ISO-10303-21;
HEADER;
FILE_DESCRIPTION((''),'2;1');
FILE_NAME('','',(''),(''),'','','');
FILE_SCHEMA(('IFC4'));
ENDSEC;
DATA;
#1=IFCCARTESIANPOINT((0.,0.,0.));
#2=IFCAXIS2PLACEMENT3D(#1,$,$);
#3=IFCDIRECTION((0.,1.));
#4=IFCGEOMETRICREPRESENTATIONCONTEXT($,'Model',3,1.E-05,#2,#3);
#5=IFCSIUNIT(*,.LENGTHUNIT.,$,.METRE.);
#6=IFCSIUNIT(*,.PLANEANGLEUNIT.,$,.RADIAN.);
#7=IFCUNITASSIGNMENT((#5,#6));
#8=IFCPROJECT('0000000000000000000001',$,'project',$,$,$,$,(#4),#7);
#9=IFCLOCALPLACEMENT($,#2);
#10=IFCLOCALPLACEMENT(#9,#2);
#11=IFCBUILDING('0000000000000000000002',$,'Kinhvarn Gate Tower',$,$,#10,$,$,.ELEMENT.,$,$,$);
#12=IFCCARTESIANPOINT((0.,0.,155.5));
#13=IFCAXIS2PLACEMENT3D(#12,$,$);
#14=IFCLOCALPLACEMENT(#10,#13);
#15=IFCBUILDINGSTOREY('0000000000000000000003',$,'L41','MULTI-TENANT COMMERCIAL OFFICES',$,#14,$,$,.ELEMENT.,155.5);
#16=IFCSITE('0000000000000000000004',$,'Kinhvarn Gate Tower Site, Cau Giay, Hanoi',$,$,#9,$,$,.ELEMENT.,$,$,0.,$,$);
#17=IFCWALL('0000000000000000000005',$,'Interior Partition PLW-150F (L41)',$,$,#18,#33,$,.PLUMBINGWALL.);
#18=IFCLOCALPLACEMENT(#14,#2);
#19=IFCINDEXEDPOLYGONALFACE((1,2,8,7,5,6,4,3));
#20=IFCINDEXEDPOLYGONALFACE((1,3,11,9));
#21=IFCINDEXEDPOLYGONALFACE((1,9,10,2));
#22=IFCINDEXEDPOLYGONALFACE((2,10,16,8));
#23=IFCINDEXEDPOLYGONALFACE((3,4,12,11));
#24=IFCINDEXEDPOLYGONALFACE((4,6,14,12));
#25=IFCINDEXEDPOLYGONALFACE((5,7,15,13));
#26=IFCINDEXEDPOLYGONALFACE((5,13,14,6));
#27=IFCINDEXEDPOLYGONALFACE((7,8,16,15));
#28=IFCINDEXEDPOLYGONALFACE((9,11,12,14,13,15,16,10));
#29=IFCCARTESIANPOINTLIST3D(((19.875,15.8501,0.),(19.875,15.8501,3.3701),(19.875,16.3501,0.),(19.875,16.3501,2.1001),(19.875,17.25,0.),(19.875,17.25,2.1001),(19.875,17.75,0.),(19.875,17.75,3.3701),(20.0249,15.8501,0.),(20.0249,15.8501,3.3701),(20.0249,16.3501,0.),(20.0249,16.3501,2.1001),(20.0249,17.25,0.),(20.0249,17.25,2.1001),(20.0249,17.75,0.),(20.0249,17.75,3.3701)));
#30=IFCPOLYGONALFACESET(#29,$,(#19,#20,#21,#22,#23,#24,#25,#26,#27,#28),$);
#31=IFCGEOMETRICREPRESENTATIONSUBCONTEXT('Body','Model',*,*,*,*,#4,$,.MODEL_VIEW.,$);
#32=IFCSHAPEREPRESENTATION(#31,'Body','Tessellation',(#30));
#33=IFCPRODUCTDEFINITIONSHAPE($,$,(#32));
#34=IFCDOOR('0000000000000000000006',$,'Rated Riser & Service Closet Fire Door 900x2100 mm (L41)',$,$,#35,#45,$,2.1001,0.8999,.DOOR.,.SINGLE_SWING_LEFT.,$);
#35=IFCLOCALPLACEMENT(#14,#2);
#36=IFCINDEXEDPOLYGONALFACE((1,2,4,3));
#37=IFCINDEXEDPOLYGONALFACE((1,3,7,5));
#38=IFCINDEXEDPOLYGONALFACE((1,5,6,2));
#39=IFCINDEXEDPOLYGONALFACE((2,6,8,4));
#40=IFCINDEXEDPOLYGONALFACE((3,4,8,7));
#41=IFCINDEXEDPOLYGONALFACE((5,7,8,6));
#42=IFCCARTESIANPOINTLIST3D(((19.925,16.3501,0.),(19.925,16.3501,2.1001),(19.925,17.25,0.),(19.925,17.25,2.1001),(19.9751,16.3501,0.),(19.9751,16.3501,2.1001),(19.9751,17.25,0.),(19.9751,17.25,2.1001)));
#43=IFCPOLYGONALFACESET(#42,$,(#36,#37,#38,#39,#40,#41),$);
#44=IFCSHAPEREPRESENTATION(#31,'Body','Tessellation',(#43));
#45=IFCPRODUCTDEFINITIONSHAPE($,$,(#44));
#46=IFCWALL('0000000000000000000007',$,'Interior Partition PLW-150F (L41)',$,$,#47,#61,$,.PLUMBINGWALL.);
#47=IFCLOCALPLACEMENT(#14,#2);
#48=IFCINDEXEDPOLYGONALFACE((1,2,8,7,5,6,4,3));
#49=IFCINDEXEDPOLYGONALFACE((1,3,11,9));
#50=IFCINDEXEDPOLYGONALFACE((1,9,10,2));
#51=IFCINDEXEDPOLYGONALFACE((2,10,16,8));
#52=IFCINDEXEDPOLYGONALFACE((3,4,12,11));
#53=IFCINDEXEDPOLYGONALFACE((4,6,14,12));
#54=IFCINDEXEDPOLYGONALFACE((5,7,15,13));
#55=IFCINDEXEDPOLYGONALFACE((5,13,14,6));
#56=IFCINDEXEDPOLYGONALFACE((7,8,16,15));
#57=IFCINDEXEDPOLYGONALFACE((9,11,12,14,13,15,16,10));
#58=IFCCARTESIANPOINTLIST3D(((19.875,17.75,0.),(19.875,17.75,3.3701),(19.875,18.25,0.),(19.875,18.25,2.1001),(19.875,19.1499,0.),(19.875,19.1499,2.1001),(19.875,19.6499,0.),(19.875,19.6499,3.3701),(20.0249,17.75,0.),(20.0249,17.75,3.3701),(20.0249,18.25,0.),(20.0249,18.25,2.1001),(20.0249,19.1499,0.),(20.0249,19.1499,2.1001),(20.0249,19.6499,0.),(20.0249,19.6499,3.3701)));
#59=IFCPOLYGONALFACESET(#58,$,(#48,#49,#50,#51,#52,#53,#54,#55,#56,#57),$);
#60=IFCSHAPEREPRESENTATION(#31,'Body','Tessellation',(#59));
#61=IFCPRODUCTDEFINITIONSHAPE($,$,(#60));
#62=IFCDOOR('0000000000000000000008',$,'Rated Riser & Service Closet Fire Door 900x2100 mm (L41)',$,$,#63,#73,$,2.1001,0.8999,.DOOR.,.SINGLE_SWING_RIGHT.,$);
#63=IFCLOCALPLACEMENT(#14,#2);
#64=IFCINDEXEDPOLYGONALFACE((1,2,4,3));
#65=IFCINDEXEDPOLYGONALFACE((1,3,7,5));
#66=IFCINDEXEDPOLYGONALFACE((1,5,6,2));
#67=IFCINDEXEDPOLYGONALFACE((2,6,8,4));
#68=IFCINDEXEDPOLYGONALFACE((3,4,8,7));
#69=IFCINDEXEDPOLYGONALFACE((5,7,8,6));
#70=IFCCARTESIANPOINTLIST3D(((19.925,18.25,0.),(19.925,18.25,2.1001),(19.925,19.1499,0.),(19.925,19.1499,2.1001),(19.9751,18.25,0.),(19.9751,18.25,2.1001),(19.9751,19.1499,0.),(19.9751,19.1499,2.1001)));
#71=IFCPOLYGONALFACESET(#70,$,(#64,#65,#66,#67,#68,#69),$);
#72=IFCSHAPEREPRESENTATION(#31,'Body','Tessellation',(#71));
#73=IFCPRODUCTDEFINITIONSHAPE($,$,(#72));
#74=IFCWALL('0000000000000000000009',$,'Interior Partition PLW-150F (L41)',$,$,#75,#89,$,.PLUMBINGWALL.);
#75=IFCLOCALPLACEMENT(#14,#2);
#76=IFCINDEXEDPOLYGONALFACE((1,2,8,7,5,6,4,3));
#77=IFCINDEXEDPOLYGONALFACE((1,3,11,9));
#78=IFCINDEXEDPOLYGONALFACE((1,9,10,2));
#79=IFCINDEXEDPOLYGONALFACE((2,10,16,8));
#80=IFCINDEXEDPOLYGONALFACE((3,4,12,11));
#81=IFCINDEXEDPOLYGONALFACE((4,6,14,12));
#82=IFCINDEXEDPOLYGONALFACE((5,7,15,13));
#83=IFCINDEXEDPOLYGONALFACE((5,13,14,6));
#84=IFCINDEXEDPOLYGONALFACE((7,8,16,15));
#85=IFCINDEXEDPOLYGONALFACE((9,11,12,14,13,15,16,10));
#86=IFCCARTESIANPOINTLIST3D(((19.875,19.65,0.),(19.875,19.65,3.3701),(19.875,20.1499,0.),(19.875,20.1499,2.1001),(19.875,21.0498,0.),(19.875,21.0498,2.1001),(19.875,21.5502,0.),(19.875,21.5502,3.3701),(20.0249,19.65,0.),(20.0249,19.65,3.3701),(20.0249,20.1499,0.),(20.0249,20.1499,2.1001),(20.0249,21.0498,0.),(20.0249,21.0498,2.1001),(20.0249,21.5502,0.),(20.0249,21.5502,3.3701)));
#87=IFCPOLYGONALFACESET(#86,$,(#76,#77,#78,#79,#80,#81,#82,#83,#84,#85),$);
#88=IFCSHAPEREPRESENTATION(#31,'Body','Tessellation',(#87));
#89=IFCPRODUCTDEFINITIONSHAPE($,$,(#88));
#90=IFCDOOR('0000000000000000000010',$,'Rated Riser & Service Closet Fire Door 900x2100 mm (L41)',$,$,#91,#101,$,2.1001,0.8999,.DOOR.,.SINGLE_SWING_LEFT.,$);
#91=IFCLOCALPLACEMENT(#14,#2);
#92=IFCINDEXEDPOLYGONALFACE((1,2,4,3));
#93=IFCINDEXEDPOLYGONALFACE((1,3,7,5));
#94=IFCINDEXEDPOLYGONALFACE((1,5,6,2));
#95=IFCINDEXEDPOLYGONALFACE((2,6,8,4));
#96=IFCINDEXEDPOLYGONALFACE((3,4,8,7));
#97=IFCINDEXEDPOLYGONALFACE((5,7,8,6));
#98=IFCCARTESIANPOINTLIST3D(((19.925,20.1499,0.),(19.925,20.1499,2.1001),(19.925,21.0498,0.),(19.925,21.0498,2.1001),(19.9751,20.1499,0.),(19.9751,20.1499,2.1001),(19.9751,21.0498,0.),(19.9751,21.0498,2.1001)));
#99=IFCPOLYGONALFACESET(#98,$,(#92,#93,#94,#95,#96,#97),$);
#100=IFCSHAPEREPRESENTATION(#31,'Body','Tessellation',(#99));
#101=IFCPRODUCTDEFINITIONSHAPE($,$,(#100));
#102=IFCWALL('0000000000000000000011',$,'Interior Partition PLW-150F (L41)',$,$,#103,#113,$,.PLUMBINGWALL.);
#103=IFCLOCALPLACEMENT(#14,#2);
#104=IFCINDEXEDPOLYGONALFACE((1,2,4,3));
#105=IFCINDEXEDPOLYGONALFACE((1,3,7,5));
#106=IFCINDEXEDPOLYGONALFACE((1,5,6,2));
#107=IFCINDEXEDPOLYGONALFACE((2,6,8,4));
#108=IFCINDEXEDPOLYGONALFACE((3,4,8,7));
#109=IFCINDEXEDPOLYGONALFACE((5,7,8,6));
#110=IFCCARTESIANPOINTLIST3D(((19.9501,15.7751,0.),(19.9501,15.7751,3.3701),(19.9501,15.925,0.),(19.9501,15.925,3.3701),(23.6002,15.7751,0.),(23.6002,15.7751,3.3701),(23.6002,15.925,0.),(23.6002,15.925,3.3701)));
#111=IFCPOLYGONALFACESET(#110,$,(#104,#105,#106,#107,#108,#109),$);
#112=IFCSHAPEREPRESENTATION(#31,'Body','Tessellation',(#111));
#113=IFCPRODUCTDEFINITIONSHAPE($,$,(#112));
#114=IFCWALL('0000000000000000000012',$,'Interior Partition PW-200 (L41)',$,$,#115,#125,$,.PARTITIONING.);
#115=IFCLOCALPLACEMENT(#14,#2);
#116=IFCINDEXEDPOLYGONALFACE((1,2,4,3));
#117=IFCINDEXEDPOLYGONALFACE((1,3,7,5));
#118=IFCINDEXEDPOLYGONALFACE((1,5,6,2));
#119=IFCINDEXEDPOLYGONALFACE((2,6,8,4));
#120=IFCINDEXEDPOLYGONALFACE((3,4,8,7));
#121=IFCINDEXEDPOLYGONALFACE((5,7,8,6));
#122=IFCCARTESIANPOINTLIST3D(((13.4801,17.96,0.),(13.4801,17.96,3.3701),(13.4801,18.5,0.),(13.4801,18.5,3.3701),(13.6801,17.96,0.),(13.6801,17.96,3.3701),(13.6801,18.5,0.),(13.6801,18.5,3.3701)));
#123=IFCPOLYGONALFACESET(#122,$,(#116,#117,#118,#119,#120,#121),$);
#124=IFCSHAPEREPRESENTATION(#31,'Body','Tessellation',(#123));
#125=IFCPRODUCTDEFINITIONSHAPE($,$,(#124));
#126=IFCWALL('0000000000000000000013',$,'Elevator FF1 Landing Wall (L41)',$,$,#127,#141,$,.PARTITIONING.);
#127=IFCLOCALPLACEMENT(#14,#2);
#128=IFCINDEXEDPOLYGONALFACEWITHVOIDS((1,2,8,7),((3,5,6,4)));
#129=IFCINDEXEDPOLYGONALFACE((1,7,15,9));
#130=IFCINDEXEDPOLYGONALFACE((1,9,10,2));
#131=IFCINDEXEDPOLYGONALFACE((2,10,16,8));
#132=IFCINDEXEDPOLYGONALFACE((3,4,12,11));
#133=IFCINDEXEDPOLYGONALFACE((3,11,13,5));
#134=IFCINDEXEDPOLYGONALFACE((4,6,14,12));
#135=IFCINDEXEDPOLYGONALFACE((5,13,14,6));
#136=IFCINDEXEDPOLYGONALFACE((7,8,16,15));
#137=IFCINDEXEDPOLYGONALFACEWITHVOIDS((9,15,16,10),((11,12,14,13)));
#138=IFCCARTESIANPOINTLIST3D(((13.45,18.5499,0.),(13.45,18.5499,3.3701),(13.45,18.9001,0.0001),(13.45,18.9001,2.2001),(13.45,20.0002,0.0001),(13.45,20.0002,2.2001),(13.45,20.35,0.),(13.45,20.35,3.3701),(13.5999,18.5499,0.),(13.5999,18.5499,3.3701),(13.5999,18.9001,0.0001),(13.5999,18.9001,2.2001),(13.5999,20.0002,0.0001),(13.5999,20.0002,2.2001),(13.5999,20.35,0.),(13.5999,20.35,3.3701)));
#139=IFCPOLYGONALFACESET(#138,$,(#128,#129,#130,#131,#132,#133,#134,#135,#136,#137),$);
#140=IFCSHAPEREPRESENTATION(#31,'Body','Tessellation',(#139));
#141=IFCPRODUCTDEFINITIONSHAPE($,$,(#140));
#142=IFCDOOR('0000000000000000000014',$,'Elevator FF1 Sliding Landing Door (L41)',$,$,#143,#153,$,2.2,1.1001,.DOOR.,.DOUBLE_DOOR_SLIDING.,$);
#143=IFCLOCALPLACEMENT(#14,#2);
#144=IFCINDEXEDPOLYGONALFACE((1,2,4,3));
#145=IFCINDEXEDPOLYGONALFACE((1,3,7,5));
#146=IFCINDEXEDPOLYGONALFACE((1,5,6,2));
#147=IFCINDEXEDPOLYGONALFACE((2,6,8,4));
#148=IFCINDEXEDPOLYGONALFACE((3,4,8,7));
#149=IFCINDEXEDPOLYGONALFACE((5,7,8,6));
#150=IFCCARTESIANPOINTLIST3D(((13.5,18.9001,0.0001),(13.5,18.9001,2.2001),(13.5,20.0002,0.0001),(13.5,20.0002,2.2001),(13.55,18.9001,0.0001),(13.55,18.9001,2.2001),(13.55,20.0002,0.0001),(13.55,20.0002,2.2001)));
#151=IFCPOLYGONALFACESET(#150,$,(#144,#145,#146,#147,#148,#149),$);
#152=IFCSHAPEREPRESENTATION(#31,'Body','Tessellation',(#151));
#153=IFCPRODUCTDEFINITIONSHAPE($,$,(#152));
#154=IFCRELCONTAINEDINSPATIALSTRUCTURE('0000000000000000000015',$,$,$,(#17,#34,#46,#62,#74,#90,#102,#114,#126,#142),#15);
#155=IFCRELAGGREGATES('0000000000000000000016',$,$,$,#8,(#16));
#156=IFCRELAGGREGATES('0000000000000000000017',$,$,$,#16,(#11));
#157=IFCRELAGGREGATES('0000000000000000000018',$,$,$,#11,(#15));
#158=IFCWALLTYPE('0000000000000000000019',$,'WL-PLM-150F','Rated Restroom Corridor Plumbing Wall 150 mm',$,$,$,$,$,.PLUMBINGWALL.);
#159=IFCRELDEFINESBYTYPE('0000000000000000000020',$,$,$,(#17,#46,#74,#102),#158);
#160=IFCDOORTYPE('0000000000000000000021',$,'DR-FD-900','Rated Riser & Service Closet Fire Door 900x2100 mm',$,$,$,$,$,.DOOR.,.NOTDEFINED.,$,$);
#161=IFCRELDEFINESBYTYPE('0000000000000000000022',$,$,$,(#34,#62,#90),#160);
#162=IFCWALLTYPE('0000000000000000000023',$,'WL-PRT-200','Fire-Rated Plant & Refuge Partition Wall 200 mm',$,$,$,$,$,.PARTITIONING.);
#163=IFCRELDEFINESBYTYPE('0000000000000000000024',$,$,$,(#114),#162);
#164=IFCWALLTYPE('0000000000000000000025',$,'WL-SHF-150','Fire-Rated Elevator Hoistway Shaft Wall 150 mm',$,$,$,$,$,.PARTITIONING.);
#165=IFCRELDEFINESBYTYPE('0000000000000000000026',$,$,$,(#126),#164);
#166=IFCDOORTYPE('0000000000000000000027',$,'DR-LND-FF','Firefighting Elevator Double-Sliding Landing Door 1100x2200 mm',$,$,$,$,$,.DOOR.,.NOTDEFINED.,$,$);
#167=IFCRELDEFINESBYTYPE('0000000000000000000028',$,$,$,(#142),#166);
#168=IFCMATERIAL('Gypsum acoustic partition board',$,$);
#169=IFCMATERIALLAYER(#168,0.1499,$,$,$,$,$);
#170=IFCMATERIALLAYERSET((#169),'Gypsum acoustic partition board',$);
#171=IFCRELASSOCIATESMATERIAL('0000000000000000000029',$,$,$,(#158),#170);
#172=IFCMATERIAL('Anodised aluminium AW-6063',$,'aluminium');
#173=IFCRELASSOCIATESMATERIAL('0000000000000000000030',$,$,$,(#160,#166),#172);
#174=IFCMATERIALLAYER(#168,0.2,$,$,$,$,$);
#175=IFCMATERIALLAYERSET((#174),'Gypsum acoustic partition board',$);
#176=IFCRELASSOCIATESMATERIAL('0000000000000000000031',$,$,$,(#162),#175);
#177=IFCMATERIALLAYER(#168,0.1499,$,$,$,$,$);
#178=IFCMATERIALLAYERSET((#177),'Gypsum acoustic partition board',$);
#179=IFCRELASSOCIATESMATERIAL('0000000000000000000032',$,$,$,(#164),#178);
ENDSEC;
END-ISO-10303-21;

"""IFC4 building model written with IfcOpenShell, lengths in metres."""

from ifc_helpers import new_model, si_unit, direction, frame, frame_2d, origin, place, context, subcontext, project, spatial, rectangle, extrude, material, layer, layer_set, type_object, element, fill, save


model = new_model("IFC4")

# Units and contexts
model_context = context("Model", 3, precision=1e-05, world=origin(), true_north=direction((0.0, 1.0)))
body_context = subcontext(model_context, "Body", "Model", "MODEL_VIEW")
ifc_project = project(units=[si_unit("LENGTHUNIT", "METRE"), si_unit("PLANEANGLEUNIT", "RADIAN")], contexts=[model_context])

# Site, building, storey
site_placement = place(None, origin())
site = spatial("IfcSite", under=ifc_project, at=site_placement, Name="Kinhvarn Gate Tower Site, Cau Giay, Hanoi", CompositionType="ELEMENT", RefElevation=0.0)
building_placement = place(site_placement, origin())
building = spatial("IfcBuilding", under=site, at=building_placement, Name="Kinhvarn Gate Tower", CompositionType="ELEMENT")
storey_placement = place(building_placement, frame((0.0, 0.0, 155.5)))
storey = spatial("IfcBuildingStorey", under=building, at=storey_placement, Name="L41", Description="MULTI-TENANT COMMERCIAL OFFICES", CompositionType="ELEMENT", Elevation=155.5)

# Shared definitions
ifc_material_1 = material(Name="Anodised aluminium AW-6063", Category="aluminium")

# Shared definitions
ifc_material_2 = material(Name="Gypsum acoustic partition board")

# Walls, openings, doors
ifc_layer_1 = layer(ifc_material_2, 0.1499)
ifc_layer_set_1 = layer_set([ifc_layer_1], Name="Gypsum acoustic partition board")
wall_type_1 = type_object("IfcWallType", Name="WL-PLM-150F", Description="Rated Restroom Corridor Plumbing Wall 150 mm", PredefinedType="PLUMBINGWALL", material=ifc_layer_set_1)
wall_1_placement = place(storey_placement, frame((19.95, 15.8501, 0.0), z_axis=(0.0, 0.0, 1.0), x_axis=(0.0, 1.0, 0.0)))
wall_1 = element("IfcWall", 1, at=wall_1_placement, inside=storey, type_object=wall_type_1, Name="Interior Partition PLW-150F (L41)", PredefinedType="PLUMBINGWALL", context=body_context, shape_type="SweptSolid", body=[
    extrude(rectangle(XDim=1.8999, YDim=0.1499, at=frame_2d((0.95, 0.0))), origin(), (0.0, 0.0, 1.0), 3.3701),
])
opening_1_placement = place(wall_1_placement, frame((0.5, 0.0, 0.0)))
opening_1 = element("IfcOpeningElement", 2, at=opening_1_placement, cuts=wall_1, PredefinedType="OPENING", context=body_context, shape_type="SweptSolid", body=[
    extrude(rectangle(XDim=0.8999, YDim=2.1001, at=frame_2d((0.45, 1.05))), frame((0.0, 0.085, 0.0), z_axis=(0.0, -1.0, 0.0), x_axis=(1.0, 0.0, 0.0)), (0.0, 0.0, 1.0), 0.1699),
])
door_type_1 = type_object("IfcDoorType", Name="DR-FD-900", Description="Rated Riser & Service Closet Fire Door 900x2100 mm", OperationType="NOTDEFINED", PredefinedType="DOOR", material=ifc_material_1)
door_1_placement = place(opening_1_placement, origin())
door_1 = element("IfcDoor", 3, at=door_1_placement, inside=storey, type_object=door_type_1, Name="Rated Riser & Service Closet Fire Door 900x2100 mm (L41)", OperationType="SINGLE_SWING_LEFT", OverallHeight=2.1001, OverallWidth=0.8999, PredefinedType="DOOR", context=body_context, shape_type="SweptSolid", body=[
    extrude(rectangle(XDim=0.8999, YDim=2.1001, at=frame_2d((0.45, 1.05))), frame((0.0, 0.0249, 0.0), z_axis=(0.0, -1.0, 0.0), x_axis=(1.0, 0.0, 0.0)), (0.0, 0.0, 1.0), 0.05),
])
fill(opening_1, door_1)
wall_2_placement = place(storey_placement, frame((19.95, 17.75, 0.0), z_axis=(0.0, 0.0, 1.0), x_axis=(0.0, 1.0, 0.0)))
wall_2 = element("IfcWall", 4, at=wall_2_placement, inside=storey, type_object=wall_type_1, Name="Interior Partition PLW-150F (L41)", PredefinedType="PLUMBINGWALL", context=body_context, shape_type="SweptSolid", body=[
    extrude(rectangle(XDim=1.8999, YDim=0.1499, at=frame_2d((0.95, 0.0))), origin(), (0.0, 0.0, 1.0), 3.3701),
])
opening_2_placement = place(wall_2_placement, frame((0.5, 0.0, 0.0)))
opening_2 = element("IfcOpeningElement", 5, at=opening_2_placement, cuts=wall_2, PredefinedType="OPENING", context=body_context, shape_type="SweptSolid", body=[
    extrude(rectangle(XDim=0.8999, YDim=2.1001, at=frame_2d((0.45, 1.05))), frame((0.0, 0.085, 0.0), z_axis=(0.0, -1.0, 0.0), x_axis=(1.0, 0.0, 0.0)), (0.0, 0.0, 1.0), 0.1699),
])
door_2_placement = place(opening_2_placement, origin())
door_2 = element("IfcDoor", 6, at=door_2_placement, inside=storey, type_object=door_type_1, Name="Rated Riser & Service Closet Fire Door 900x2100 mm (L41)", OperationType="SINGLE_SWING_RIGHT", OverallHeight=2.1001, OverallWidth=0.8999, PredefinedType="DOOR", context=body_context, shape_type="SweptSolid", body=[
    extrude(rectangle(XDim=0.8999, YDim=2.1001, at=frame_2d((0.45, 1.05))), frame((0.0, 0.0249, 0.0), z_axis=(0.0, -1.0, 0.0), x_axis=(1.0, 0.0, 0.0)), (0.0, 0.0, 1.0), 0.05),
])
fill(opening_2, door_2)
wall_3_placement = place(storey_placement, frame((19.95, 19.6499, 0.0), z_axis=(0.0, 0.0, 1.0), x_axis=(0.0, 1.0, 0.0)))
wall_3 = element("IfcWall", 7, at=wall_3_placement, inside=storey, type_object=wall_type_1, Name="Interior Partition PLW-150F (L41)", PredefinedType="PLUMBINGWALL", context=body_context, shape_type="SweptSolid", body=[
    extrude(rectangle(XDim=1.9001, YDim=0.1499, at=frame_2d((0.9502, 0.0))), origin(), (0.0, 0.0, 1.0), 3.3701),
])
opening_3_placement = place(wall_3_placement, frame((0.5, 0.0, 0.0)))
opening_3 = element("IfcOpeningElement", 8, at=opening_3_placement, cuts=wall_3, PredefinedType="OPENING", context=body_context, shape_type="SweptSolid", body=[
    extrude(rectangle(XDim=0.8999, YDim=2.1001, at=frame_2d((0.45, 1.05))), frame((0.0, 0.085, 0.0), z_axis=(0.0, -1.0, 0.0), x_axis=(1.0, 0.0, 0.0)), (0.0, 0.0, 1.0), 0.1699),
])
door_3_placement = place(opening_3_placement, origin())
door_3 = element("IfcDoor", 9, at=door_3_placement, inside=storey, type_object=door_type_1, Name="Rated Riser & Service Closet Fire Door 900x2100 mm (L41)", OperationType="SINGLE_SWING_LEFT", OverallHeight=2.1001, OverallWidth=0.8999, PredefinedType="DOOR", context=body_context, shape_type="SweptSolid", body=[
    extrude(rectangle(XDim=0.8999, YDim=2.1001, at=frame_2d((0.45, 1.05))), frame((0.0, 0.0249, 0.0), z_axis=(0.0, -1.0, 0.0), x_axis=(1.0, 0.0, 0.0)), (0.0, 0.0, 1.0), 0.05),
])
fill(opening_3, door_3)

# Wall
wall_4_placement = place(storey_placement, frame((19.95, 15.8501, 0.0), z_axis=(0.0, 0.0, 1.0), x_axis=(1.0, 0.0, 0.0)))
element("IfcWall", 10, at=wall_4_placement, inside=storey, type_object=wall_type_1, Name="Interior Partition PLW-150F (L41)", PredefinedType="PLUMBINGWALL", context=body_context, shape_type="SweptSolid", body=[
    extrude(rectangle(XDim=3.6501, YDim=0.1499, at=frame_2d((1.8252, 0.0))), origin(), (0.0, 0.0, 1.0), 3.3701),
])

# Wall
ifc_layer_2 = layer(ifc_material_2, 0.2)
ifc_layer_set_2 = layer_set([ifc_layer_2], Name="Gypsum acoustic partition board")
wall_type_2 = type_object("IfcWallType", Name="WL-PRT-200", Description="Fire-Rated Plant & Refuge Partition Wall 200 mm", PredefinedType="PARTITIONING", material=ifc_layer_set_2)
wall_5_placement = place(storey_placement, frame((13.5801, 17.96, 0.0), z_axis=(0.0, 0.0, 1.0), x_axis=(0.0, 1.0, 0.0)))
element("IfcWall", 11, at=wall_5_placement, inside=storey, type_object=wall_type_2, Name="Interior Partition PW-200 (L41)", PredefinedType="PARTITIONING", context=body_context, shape_type="SweptSolid", body=[
    extrude(rectangle(XDim=0.54, YDim=0.2, at=frame_2d((0.27, 0.0))), origin(), (0.0, 0.0, 1.0), 3.3701),
])

# Wall, opening, door
ifc_layer_3 = layer(ifc_material_2, 0.1499)
ifc_layer_set_3 = layer_set([ifc_layer_3], Name="Gypsum acoustic partition board")
wall_type_3 = type_object("IfcWallType", Name="WL-SHF-150", Description="Fire-Rated Elevator Hoistway Shaft Wall 150 mm", PredefinedType="PARTITIONING", material=ifc_layer_set_3)
wall_6_placement = place(storey_placement, frame((13.5249, 18.55, 0.0), z_axis=(0.0, 0.0, 1.0), x_axis=(0.0, 1.0, 0.0)))
wall_6 = element("IfcWall", 12, at=wall_6_placement, inside=storey, type_object=wall_type_3, Name="Elevator FF1 Landing Wall (L41)", PredefinedType="PARTITIONING", context=body_context, shape_type="SweptSolid", body=[
    extrude(rectangle(XDim=1.8, YDim=0.1499, at=frame_2d((0.8999, 0.0))), origin(), (0.0, 0.0, 1.0), 3.3701),
])
opening_4_placement = place(wall_6_placement, frame((0.3501, 0.0, 0.0)))
opening_4 = element("IfcOpeningElement", 13, at=opening_4_placement, cuts=wall_6, PredefinedType="OPENING", context=body_context, shape_type="SweptSolid", body=[
    extrude(rectangle(XDim=1.1001, YDim=2.2, at=frame_2d((0.55, 1.1001))), frame((0.0, 0.085, 0.0), z_axis=(0.0, -1.0, 0.0), x_axis=(1.0, 0.0, 0.0)), (0.0, 0.0, 1.0), 0.1699),
])
door_type_2 = type_object("IfcDoorType", Name="DR-LND-FF", Description="Firefighting Elevator Double-Sliding Landing Door 1100x2200 mm", OperationType="NOTDEFINED", PredefinedType="DOOR", material=ifc_material_1)
door_4_placement = place(opening_4_placement, origin())
door_4 = element("IfcDoor", 14, at=door_4_placement, inside=storey, type_object=door_type_2, Name="Elevator FF1 Sliding Landing Door (L41)", OperationType="DOUBLE_DOOR_SLIDING", OverallHeight=2.2, OverallWidth=1.1001, PredefinedType="DOOR", context=body_context, shape_type="SweptSolid", body=[
    extrude(rectangle(XDim=1.1001, YDim=2.2, at=frame_2d((0.55, 1.1001))), frame((0.0, 0.0249, 0.0), z_axis=(0.0, -1.0, 0.0), x_axis=(1.0, 0.0, 0.0)), (0.0, 0.0, 1.0), 0.05),
])
fill(opening_4, door_4)

save(model, "model.ifc")
